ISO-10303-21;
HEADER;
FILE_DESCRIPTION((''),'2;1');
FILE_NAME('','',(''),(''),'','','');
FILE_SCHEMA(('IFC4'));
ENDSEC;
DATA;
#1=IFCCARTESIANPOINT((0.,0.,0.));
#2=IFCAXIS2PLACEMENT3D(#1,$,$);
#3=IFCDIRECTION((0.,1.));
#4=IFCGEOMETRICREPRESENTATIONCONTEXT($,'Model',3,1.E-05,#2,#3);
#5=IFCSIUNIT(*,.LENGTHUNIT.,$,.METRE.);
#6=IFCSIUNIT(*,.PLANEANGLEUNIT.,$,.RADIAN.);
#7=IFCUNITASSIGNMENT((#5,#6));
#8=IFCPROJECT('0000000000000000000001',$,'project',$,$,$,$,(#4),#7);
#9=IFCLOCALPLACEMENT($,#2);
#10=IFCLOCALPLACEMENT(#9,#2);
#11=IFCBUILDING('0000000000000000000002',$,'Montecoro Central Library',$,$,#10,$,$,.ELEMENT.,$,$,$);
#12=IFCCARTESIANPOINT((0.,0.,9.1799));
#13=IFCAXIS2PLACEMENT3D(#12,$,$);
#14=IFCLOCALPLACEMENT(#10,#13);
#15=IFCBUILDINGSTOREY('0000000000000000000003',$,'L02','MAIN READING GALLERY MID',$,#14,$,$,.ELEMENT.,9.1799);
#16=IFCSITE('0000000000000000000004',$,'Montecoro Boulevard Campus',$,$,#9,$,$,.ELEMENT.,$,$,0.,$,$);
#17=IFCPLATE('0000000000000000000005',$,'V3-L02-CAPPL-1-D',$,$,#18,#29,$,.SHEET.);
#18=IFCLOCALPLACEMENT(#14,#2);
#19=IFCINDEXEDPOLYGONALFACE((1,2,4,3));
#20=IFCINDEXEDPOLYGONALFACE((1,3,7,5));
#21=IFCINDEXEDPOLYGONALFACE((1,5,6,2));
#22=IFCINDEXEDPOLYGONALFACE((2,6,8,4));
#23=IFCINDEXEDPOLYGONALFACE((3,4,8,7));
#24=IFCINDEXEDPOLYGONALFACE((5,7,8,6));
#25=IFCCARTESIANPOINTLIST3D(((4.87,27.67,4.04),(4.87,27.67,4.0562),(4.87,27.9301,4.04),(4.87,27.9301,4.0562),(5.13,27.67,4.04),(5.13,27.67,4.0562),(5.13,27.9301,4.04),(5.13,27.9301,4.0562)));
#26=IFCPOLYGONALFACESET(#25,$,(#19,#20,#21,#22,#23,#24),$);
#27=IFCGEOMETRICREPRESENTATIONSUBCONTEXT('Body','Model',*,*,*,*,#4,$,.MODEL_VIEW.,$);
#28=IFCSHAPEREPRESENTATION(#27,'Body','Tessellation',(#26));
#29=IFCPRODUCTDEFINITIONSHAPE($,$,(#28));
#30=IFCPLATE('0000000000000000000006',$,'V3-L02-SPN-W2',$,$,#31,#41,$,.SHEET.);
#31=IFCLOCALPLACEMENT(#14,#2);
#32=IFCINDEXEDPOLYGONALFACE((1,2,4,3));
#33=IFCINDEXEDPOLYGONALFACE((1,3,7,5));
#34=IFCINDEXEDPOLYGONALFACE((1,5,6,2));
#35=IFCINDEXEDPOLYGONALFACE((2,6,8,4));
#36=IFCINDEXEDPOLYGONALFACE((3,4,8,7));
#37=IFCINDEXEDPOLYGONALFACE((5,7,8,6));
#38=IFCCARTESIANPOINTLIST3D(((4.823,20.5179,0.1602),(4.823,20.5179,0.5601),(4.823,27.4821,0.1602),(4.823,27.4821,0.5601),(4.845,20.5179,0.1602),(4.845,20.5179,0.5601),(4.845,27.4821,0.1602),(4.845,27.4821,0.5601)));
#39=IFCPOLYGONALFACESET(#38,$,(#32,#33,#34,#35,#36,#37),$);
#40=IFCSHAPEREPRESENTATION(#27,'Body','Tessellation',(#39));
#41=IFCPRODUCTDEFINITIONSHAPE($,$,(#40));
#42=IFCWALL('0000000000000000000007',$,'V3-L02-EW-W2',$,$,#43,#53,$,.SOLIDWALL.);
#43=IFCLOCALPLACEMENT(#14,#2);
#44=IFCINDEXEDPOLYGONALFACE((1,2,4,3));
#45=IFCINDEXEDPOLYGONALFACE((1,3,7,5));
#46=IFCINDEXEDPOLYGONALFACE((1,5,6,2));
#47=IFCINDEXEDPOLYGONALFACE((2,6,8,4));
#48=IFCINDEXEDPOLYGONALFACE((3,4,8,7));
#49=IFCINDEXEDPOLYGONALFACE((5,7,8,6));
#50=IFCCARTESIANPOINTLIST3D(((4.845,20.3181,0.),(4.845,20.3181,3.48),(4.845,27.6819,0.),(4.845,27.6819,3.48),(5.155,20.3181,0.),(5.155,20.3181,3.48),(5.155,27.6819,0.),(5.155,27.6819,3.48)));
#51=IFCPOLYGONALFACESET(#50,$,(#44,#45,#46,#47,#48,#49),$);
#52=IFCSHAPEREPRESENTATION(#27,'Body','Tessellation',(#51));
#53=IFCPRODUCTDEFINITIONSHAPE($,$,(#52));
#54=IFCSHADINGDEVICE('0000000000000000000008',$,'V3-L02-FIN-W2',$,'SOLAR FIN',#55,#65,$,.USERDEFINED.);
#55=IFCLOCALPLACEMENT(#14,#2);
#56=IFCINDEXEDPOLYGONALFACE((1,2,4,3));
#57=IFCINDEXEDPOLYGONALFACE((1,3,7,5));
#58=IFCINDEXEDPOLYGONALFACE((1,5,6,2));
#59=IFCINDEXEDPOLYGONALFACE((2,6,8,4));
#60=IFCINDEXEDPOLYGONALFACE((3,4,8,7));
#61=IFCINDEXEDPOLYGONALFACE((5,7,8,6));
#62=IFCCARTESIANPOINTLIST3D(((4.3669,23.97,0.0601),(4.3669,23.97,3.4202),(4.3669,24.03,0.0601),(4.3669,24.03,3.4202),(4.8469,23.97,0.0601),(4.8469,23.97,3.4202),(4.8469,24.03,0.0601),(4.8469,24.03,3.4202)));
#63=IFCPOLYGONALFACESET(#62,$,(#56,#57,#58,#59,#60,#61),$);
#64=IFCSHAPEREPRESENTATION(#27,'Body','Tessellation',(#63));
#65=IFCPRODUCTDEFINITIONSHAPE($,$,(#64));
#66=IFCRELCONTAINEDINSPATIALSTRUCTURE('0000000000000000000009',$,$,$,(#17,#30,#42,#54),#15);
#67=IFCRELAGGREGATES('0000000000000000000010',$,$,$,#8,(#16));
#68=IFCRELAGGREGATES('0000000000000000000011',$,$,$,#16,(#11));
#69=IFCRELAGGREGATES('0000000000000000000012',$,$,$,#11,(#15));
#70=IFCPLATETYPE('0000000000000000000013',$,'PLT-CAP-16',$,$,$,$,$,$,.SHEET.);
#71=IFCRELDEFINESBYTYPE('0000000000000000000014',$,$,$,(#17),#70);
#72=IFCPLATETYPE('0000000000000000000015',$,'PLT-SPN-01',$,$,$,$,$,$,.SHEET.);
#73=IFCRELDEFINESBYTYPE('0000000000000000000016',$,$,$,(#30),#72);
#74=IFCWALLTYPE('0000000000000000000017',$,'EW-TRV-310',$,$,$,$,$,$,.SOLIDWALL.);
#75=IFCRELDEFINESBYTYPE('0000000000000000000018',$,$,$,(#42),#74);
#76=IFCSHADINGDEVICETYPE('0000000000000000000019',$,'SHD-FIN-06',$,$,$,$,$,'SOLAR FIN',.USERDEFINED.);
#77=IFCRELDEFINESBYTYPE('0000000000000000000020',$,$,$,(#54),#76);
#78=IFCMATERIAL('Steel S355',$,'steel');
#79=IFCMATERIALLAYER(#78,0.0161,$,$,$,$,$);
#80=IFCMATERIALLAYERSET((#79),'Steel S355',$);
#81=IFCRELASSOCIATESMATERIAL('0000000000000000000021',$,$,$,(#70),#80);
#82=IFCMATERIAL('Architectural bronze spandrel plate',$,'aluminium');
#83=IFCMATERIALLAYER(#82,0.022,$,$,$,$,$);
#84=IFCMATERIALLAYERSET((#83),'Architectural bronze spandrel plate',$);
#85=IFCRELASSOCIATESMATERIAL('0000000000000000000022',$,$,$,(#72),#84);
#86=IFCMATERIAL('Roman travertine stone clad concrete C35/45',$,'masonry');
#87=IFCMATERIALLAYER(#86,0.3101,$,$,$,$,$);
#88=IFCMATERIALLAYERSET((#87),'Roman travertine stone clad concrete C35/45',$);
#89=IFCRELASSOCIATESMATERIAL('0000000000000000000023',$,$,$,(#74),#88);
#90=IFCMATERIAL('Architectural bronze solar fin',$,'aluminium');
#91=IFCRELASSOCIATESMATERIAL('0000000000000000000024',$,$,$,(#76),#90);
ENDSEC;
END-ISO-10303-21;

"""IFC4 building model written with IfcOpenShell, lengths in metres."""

from ifc_helpers import new_model, si_unit, direction, frame, frame_2d, origin, origin_2d, place, context, subcontext, project, spatial, rectangle, extrude, material, layer, layer_set, type_object, element, save


model = new_model("IFC4")

# Units and contexts
model_context = context("Model", 3, precision=1e-05, world=origin(), true_north=direction((0.0, 1.0)))
body_context = subcontext(model_context, "Body", "Model", "MODEL_VIEW")
ifc_project = project(units=[si_unit("LENGTHUNIT", "METRE"), si_unit("PLANEANGLEUNIT", "RADIAN")], contexts=[model_context])

# Site, building, storey
site_placement = place(None, origin())
site = spatial("IfcSite", under=ifc_project, at=site_placement, Name="Montecoro Boulevard Campus", CompositionType="ELEMENT", RefElevation=0.0)
building_placement = place(site_placement, origin())
building = spatial("IfcBuilding", under=site, at=building_placement, Name="Montecoro Central Library", CompositionType="ELEMENT")
storey_placement = place(building_placement, frame((0.0, 0.0, 9.1799)))
storey = spatial("IfcBuildingStorey", under=building, at=storey_placement, Name="L02", Description="MAIN READING GALLERY MID", CompositionType="ELEMENT", Elevation=9.1799)

# Shared definitions
ifc_material_1 = material(Name="Steel S355", Category="steel")

# Plates
ifc_layer_1 = layer(ifc_material_1, 0.0161)
ifc_layer_set_1 = layer_set([ifc_layer_1], Name="Steel S355")
plate_type_1 = type_object("IfcPlateType", Name="PLT-CAP-16", PredefinedType="SHEET", material=ifc_layer_set_1)
plate_1_placement = place(storey_placement, frame((5.0, 27.8, 4.04), z_axis=(0.0, 0.0, 1.0), x_axis=(1.0, 0.0, 0.0)))
element("IfcPlate", 1, at=plate_1_placement, inside=storey, type_object=plate_type_1, Name="V3-L02-CAPPL-1-D", PredefinedType="SHEET", context=body_context, shape_type="SweptSolid", body=[
    extrude(rectangle(XDim=0.26, YDim=0.26, at=origin_2d()), origin(), (0.0, 0.0, 1.0), 0.0161),
])
ifc_material_2 = material(Name="Architectural bronze spandrel plate", Category="aluminium")
ifc_layer_2 = layer(ifc_material_2, 0.022)
ifc_layer_set_2 = layer_set([ifc_layer_2], Name="Architectural bronze spandrel plate")
plate_type_2 = type_object("IfcPlateType", Name="PLT-SPN-01", PredefinedType="SHEET", material=ifc_layer_set_2)
plate_2_placement = place(storey_placement, frame((4.834, 24.0, 0.1602), z_axis=(0.0, 0.0, 1.0), x_axis=(0.0, -1.0, 0.0)))
element("IfcPlate", 2, at=plate_2_placement, inside=storey, type_object=plate_type_2, Name="V3-L02-SPN-W2", PredefinedType="SHEET", context=body_context, shape_type="SweptSolid", body=[
    extrude(rectangle(XDim=6.9641, YDim=0.022, at=origin_2d()), origin(), (0.0, 0.0, 1.0), 0.3999),
])

# Wall
ifc_material_3 = material(Name="Roman travertine stone clad concrete C35/45", Category="masonry")
ifc_layer_3 = layer(ifc_material_3, 0.3101)
ifc_layer_set_3 = layer_set([ifc_layer_3], Name="Roman travertine stone clad concrete C35/45")
wall_type = type_object("IfcWallType", Name="EW-TRV-310", PredefinedType="SOLIDWALL", material=ifc_layer_set_3)
wall_placement = place(storey_placement, frame((5.0, 27.6819, 0.0), z_axis=(0.0, 0.0, 1.0), x_axis=(0.0, -1.0, 0.0)))
element("IfcWall", 3, at=wall_placement, inside=storey, type_object=wall_type, Name="V3-L02-EW-W2", PredefinedType="SOLIDWALL", context=body_context, shape_type="SweptSolid", body=[
    extrude(rectangle(XDim=7.3638, YDim=0.3101, at=frame_2d((3.6819, 0.0))), origin(), (0.0, 0.0, 1.0), 3.48),
])

# Shading device
ifc_material_4 = material(Name="Architectural bronze solar fin", Category="aluminium")
shading_device_type = type_object("IfcShadingDeviceType", Name="SHD-FIN-06", ElementType="SOLAR FIN", PredefinedType="USERDEFINED", material=ifc_material_4)
shading_device_placement = place(storey_placement, frame((4.6069, 24.0, 0.0601), z_axis=(0.0, 0.0, 1.0), x_axis=(0.0, -1.0, 0.0)))
element("IfcShadingDevice", 4, at=shading_device_placement, inside=storey, type_object=shading_device_type, Name="V3-L02-FIN-W2", ObjectType="SOLAR FIN", PredefinedType="USERDEFINED", context=body_context, shape_type="SweptSolid", body=[
    extrude(rectangle(XDim=0.0601, YDim=0.48, at=origin_2d()), origin(), (0.0, 0.0, 1.0), 3.3601),
])

save(model, "model.ifc")
